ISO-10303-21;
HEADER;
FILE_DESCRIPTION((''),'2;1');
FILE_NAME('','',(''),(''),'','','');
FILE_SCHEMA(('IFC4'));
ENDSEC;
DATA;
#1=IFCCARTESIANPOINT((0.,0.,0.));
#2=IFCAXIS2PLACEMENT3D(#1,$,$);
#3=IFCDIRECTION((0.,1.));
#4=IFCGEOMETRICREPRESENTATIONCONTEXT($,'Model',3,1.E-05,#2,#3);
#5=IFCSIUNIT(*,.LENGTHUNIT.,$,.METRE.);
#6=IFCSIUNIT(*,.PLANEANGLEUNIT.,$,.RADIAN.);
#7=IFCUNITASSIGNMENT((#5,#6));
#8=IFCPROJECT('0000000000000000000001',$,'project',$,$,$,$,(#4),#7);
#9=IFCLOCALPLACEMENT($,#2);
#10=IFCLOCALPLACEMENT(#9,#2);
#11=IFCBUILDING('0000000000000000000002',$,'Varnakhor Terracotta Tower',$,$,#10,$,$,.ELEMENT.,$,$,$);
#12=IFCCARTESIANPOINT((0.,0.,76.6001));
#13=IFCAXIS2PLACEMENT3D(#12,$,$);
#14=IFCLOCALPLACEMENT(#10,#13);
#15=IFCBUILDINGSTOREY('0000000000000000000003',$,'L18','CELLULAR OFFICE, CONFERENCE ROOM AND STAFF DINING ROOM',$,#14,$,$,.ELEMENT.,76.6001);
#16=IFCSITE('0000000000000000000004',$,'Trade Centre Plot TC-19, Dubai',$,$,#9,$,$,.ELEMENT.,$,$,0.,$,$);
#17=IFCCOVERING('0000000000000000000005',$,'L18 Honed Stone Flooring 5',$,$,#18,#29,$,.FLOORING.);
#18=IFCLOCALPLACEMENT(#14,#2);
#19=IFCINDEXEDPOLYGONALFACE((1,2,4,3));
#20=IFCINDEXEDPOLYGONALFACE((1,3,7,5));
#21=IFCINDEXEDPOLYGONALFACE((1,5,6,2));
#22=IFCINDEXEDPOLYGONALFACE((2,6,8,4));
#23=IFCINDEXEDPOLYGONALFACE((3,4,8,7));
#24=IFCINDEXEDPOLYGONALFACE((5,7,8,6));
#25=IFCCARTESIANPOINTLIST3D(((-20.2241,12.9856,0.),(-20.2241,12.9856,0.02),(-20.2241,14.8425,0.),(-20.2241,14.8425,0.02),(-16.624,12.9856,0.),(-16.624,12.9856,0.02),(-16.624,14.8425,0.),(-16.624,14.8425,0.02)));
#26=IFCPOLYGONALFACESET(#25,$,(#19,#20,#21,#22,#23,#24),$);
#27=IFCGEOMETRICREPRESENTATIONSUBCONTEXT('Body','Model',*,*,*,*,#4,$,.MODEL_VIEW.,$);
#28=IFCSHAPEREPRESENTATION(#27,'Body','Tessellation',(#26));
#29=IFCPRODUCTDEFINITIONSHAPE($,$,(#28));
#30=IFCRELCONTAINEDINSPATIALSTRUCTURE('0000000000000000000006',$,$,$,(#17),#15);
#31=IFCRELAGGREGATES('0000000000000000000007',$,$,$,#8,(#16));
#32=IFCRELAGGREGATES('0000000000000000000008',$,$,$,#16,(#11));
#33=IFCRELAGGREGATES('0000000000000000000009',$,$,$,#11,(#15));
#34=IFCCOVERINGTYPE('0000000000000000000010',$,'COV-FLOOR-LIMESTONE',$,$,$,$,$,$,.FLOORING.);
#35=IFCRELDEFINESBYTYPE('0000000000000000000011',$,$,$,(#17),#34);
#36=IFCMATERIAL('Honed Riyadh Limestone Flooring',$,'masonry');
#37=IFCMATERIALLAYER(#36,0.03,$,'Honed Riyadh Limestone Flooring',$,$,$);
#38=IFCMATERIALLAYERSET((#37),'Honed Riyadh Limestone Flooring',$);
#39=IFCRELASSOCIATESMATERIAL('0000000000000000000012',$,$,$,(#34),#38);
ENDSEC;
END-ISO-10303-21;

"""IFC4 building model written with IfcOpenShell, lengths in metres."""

from ifc_helpers import new_model, si_unit, direction, frame, origin, origin_2d, place, context, subcontext, project, spatial, rectangle, extrude, source, transform, mapped, material, layer, layer_set, type_object, element, save


model = new_model("IFC4")

# Units and contexts
model_context = context("Model", 3, precision=1e-05, world=origin(), true_north=direction((0.0, 1.0)))
body_context = subcontext(model_context, "Body", "Model", "MODEL_VIEW")
ifc_project = project(units=[si_unit("LENGTHUNIT", "METRE"), si_unit("PLANEANGLEUNIT", "RADIAN")], contexts=[model_context])

# Site, building, storey
site_placement = place(None, origin())
site = spatial("IfcSite", under=ifc_project, at=site_placement, Name="Trade Centre Plot TC-19, Dubai", CompositionType="ELEMENT", RefElevation=0.0)
building_placement = place(site_placement, origin())
building = spatial("IfcBuilding", under=site, at=building_placement, Name="Varnakhor Terracotta Tower", CompositionType="ELEMENT")
storey_placement = place(building_placement, frame((0.0, 0.0, 76.6001)))
storey = spatial("IfcBuildingStorey", under=building, at=storey_placement, Name="L18", Description="CELLULAR OFFICE, CONFERENCE ROOM AND STAFF DINING ROOM", CompositionType="ELEMENT", Elevation=76.6001)

# Covering
ifc_material_1 = material(Name="Honed Riyadh Limestone Flooring", Category="masonry")
ifc_layer_1 = layer(ifc_material_1, 0.03, Name="Honed Riyadh Limestone Flooring")
ifc_layer_set_1 = layer_set([ifc_layer_1], Name="Honed Riyadh Limestone Flooring")
covering_type_1 = type_object("IfcCoveringType", Name="COV-FLOOR-LIMESTONE", PredefinedType="FLOORING", material=ifc_layer_set_1)
shared_shape_1 = source(origin(), body_context, "Body", "SweptSolid", [
    extrude(rectangle(XDim=3.6001, YDim=1.8569, at=origin_2d()), origin(), (0.0, 0.0, 1.0), 0.02),
])
covering_1_placement = place(storey_placement, frame((-18.4241, 13.9141, 0.0), z_axis=(0.0, 0.0, 1.0), x_axis=(1.0, 0.0, 0.0)))
element("IfcCovering", 1, at=covering_1_placement, inside=storey, type_object=covering_type_1, Name="L18 Honed Stone Flooring 5", PredefinedType="FLOORING", context=body_context, shape_type="MappedRepresentation", body=[
    mapped(shared_shape_1, transform((0.0, 0.0, 0.0), scale=1.0)),
])

save(model, "model.ifc")
